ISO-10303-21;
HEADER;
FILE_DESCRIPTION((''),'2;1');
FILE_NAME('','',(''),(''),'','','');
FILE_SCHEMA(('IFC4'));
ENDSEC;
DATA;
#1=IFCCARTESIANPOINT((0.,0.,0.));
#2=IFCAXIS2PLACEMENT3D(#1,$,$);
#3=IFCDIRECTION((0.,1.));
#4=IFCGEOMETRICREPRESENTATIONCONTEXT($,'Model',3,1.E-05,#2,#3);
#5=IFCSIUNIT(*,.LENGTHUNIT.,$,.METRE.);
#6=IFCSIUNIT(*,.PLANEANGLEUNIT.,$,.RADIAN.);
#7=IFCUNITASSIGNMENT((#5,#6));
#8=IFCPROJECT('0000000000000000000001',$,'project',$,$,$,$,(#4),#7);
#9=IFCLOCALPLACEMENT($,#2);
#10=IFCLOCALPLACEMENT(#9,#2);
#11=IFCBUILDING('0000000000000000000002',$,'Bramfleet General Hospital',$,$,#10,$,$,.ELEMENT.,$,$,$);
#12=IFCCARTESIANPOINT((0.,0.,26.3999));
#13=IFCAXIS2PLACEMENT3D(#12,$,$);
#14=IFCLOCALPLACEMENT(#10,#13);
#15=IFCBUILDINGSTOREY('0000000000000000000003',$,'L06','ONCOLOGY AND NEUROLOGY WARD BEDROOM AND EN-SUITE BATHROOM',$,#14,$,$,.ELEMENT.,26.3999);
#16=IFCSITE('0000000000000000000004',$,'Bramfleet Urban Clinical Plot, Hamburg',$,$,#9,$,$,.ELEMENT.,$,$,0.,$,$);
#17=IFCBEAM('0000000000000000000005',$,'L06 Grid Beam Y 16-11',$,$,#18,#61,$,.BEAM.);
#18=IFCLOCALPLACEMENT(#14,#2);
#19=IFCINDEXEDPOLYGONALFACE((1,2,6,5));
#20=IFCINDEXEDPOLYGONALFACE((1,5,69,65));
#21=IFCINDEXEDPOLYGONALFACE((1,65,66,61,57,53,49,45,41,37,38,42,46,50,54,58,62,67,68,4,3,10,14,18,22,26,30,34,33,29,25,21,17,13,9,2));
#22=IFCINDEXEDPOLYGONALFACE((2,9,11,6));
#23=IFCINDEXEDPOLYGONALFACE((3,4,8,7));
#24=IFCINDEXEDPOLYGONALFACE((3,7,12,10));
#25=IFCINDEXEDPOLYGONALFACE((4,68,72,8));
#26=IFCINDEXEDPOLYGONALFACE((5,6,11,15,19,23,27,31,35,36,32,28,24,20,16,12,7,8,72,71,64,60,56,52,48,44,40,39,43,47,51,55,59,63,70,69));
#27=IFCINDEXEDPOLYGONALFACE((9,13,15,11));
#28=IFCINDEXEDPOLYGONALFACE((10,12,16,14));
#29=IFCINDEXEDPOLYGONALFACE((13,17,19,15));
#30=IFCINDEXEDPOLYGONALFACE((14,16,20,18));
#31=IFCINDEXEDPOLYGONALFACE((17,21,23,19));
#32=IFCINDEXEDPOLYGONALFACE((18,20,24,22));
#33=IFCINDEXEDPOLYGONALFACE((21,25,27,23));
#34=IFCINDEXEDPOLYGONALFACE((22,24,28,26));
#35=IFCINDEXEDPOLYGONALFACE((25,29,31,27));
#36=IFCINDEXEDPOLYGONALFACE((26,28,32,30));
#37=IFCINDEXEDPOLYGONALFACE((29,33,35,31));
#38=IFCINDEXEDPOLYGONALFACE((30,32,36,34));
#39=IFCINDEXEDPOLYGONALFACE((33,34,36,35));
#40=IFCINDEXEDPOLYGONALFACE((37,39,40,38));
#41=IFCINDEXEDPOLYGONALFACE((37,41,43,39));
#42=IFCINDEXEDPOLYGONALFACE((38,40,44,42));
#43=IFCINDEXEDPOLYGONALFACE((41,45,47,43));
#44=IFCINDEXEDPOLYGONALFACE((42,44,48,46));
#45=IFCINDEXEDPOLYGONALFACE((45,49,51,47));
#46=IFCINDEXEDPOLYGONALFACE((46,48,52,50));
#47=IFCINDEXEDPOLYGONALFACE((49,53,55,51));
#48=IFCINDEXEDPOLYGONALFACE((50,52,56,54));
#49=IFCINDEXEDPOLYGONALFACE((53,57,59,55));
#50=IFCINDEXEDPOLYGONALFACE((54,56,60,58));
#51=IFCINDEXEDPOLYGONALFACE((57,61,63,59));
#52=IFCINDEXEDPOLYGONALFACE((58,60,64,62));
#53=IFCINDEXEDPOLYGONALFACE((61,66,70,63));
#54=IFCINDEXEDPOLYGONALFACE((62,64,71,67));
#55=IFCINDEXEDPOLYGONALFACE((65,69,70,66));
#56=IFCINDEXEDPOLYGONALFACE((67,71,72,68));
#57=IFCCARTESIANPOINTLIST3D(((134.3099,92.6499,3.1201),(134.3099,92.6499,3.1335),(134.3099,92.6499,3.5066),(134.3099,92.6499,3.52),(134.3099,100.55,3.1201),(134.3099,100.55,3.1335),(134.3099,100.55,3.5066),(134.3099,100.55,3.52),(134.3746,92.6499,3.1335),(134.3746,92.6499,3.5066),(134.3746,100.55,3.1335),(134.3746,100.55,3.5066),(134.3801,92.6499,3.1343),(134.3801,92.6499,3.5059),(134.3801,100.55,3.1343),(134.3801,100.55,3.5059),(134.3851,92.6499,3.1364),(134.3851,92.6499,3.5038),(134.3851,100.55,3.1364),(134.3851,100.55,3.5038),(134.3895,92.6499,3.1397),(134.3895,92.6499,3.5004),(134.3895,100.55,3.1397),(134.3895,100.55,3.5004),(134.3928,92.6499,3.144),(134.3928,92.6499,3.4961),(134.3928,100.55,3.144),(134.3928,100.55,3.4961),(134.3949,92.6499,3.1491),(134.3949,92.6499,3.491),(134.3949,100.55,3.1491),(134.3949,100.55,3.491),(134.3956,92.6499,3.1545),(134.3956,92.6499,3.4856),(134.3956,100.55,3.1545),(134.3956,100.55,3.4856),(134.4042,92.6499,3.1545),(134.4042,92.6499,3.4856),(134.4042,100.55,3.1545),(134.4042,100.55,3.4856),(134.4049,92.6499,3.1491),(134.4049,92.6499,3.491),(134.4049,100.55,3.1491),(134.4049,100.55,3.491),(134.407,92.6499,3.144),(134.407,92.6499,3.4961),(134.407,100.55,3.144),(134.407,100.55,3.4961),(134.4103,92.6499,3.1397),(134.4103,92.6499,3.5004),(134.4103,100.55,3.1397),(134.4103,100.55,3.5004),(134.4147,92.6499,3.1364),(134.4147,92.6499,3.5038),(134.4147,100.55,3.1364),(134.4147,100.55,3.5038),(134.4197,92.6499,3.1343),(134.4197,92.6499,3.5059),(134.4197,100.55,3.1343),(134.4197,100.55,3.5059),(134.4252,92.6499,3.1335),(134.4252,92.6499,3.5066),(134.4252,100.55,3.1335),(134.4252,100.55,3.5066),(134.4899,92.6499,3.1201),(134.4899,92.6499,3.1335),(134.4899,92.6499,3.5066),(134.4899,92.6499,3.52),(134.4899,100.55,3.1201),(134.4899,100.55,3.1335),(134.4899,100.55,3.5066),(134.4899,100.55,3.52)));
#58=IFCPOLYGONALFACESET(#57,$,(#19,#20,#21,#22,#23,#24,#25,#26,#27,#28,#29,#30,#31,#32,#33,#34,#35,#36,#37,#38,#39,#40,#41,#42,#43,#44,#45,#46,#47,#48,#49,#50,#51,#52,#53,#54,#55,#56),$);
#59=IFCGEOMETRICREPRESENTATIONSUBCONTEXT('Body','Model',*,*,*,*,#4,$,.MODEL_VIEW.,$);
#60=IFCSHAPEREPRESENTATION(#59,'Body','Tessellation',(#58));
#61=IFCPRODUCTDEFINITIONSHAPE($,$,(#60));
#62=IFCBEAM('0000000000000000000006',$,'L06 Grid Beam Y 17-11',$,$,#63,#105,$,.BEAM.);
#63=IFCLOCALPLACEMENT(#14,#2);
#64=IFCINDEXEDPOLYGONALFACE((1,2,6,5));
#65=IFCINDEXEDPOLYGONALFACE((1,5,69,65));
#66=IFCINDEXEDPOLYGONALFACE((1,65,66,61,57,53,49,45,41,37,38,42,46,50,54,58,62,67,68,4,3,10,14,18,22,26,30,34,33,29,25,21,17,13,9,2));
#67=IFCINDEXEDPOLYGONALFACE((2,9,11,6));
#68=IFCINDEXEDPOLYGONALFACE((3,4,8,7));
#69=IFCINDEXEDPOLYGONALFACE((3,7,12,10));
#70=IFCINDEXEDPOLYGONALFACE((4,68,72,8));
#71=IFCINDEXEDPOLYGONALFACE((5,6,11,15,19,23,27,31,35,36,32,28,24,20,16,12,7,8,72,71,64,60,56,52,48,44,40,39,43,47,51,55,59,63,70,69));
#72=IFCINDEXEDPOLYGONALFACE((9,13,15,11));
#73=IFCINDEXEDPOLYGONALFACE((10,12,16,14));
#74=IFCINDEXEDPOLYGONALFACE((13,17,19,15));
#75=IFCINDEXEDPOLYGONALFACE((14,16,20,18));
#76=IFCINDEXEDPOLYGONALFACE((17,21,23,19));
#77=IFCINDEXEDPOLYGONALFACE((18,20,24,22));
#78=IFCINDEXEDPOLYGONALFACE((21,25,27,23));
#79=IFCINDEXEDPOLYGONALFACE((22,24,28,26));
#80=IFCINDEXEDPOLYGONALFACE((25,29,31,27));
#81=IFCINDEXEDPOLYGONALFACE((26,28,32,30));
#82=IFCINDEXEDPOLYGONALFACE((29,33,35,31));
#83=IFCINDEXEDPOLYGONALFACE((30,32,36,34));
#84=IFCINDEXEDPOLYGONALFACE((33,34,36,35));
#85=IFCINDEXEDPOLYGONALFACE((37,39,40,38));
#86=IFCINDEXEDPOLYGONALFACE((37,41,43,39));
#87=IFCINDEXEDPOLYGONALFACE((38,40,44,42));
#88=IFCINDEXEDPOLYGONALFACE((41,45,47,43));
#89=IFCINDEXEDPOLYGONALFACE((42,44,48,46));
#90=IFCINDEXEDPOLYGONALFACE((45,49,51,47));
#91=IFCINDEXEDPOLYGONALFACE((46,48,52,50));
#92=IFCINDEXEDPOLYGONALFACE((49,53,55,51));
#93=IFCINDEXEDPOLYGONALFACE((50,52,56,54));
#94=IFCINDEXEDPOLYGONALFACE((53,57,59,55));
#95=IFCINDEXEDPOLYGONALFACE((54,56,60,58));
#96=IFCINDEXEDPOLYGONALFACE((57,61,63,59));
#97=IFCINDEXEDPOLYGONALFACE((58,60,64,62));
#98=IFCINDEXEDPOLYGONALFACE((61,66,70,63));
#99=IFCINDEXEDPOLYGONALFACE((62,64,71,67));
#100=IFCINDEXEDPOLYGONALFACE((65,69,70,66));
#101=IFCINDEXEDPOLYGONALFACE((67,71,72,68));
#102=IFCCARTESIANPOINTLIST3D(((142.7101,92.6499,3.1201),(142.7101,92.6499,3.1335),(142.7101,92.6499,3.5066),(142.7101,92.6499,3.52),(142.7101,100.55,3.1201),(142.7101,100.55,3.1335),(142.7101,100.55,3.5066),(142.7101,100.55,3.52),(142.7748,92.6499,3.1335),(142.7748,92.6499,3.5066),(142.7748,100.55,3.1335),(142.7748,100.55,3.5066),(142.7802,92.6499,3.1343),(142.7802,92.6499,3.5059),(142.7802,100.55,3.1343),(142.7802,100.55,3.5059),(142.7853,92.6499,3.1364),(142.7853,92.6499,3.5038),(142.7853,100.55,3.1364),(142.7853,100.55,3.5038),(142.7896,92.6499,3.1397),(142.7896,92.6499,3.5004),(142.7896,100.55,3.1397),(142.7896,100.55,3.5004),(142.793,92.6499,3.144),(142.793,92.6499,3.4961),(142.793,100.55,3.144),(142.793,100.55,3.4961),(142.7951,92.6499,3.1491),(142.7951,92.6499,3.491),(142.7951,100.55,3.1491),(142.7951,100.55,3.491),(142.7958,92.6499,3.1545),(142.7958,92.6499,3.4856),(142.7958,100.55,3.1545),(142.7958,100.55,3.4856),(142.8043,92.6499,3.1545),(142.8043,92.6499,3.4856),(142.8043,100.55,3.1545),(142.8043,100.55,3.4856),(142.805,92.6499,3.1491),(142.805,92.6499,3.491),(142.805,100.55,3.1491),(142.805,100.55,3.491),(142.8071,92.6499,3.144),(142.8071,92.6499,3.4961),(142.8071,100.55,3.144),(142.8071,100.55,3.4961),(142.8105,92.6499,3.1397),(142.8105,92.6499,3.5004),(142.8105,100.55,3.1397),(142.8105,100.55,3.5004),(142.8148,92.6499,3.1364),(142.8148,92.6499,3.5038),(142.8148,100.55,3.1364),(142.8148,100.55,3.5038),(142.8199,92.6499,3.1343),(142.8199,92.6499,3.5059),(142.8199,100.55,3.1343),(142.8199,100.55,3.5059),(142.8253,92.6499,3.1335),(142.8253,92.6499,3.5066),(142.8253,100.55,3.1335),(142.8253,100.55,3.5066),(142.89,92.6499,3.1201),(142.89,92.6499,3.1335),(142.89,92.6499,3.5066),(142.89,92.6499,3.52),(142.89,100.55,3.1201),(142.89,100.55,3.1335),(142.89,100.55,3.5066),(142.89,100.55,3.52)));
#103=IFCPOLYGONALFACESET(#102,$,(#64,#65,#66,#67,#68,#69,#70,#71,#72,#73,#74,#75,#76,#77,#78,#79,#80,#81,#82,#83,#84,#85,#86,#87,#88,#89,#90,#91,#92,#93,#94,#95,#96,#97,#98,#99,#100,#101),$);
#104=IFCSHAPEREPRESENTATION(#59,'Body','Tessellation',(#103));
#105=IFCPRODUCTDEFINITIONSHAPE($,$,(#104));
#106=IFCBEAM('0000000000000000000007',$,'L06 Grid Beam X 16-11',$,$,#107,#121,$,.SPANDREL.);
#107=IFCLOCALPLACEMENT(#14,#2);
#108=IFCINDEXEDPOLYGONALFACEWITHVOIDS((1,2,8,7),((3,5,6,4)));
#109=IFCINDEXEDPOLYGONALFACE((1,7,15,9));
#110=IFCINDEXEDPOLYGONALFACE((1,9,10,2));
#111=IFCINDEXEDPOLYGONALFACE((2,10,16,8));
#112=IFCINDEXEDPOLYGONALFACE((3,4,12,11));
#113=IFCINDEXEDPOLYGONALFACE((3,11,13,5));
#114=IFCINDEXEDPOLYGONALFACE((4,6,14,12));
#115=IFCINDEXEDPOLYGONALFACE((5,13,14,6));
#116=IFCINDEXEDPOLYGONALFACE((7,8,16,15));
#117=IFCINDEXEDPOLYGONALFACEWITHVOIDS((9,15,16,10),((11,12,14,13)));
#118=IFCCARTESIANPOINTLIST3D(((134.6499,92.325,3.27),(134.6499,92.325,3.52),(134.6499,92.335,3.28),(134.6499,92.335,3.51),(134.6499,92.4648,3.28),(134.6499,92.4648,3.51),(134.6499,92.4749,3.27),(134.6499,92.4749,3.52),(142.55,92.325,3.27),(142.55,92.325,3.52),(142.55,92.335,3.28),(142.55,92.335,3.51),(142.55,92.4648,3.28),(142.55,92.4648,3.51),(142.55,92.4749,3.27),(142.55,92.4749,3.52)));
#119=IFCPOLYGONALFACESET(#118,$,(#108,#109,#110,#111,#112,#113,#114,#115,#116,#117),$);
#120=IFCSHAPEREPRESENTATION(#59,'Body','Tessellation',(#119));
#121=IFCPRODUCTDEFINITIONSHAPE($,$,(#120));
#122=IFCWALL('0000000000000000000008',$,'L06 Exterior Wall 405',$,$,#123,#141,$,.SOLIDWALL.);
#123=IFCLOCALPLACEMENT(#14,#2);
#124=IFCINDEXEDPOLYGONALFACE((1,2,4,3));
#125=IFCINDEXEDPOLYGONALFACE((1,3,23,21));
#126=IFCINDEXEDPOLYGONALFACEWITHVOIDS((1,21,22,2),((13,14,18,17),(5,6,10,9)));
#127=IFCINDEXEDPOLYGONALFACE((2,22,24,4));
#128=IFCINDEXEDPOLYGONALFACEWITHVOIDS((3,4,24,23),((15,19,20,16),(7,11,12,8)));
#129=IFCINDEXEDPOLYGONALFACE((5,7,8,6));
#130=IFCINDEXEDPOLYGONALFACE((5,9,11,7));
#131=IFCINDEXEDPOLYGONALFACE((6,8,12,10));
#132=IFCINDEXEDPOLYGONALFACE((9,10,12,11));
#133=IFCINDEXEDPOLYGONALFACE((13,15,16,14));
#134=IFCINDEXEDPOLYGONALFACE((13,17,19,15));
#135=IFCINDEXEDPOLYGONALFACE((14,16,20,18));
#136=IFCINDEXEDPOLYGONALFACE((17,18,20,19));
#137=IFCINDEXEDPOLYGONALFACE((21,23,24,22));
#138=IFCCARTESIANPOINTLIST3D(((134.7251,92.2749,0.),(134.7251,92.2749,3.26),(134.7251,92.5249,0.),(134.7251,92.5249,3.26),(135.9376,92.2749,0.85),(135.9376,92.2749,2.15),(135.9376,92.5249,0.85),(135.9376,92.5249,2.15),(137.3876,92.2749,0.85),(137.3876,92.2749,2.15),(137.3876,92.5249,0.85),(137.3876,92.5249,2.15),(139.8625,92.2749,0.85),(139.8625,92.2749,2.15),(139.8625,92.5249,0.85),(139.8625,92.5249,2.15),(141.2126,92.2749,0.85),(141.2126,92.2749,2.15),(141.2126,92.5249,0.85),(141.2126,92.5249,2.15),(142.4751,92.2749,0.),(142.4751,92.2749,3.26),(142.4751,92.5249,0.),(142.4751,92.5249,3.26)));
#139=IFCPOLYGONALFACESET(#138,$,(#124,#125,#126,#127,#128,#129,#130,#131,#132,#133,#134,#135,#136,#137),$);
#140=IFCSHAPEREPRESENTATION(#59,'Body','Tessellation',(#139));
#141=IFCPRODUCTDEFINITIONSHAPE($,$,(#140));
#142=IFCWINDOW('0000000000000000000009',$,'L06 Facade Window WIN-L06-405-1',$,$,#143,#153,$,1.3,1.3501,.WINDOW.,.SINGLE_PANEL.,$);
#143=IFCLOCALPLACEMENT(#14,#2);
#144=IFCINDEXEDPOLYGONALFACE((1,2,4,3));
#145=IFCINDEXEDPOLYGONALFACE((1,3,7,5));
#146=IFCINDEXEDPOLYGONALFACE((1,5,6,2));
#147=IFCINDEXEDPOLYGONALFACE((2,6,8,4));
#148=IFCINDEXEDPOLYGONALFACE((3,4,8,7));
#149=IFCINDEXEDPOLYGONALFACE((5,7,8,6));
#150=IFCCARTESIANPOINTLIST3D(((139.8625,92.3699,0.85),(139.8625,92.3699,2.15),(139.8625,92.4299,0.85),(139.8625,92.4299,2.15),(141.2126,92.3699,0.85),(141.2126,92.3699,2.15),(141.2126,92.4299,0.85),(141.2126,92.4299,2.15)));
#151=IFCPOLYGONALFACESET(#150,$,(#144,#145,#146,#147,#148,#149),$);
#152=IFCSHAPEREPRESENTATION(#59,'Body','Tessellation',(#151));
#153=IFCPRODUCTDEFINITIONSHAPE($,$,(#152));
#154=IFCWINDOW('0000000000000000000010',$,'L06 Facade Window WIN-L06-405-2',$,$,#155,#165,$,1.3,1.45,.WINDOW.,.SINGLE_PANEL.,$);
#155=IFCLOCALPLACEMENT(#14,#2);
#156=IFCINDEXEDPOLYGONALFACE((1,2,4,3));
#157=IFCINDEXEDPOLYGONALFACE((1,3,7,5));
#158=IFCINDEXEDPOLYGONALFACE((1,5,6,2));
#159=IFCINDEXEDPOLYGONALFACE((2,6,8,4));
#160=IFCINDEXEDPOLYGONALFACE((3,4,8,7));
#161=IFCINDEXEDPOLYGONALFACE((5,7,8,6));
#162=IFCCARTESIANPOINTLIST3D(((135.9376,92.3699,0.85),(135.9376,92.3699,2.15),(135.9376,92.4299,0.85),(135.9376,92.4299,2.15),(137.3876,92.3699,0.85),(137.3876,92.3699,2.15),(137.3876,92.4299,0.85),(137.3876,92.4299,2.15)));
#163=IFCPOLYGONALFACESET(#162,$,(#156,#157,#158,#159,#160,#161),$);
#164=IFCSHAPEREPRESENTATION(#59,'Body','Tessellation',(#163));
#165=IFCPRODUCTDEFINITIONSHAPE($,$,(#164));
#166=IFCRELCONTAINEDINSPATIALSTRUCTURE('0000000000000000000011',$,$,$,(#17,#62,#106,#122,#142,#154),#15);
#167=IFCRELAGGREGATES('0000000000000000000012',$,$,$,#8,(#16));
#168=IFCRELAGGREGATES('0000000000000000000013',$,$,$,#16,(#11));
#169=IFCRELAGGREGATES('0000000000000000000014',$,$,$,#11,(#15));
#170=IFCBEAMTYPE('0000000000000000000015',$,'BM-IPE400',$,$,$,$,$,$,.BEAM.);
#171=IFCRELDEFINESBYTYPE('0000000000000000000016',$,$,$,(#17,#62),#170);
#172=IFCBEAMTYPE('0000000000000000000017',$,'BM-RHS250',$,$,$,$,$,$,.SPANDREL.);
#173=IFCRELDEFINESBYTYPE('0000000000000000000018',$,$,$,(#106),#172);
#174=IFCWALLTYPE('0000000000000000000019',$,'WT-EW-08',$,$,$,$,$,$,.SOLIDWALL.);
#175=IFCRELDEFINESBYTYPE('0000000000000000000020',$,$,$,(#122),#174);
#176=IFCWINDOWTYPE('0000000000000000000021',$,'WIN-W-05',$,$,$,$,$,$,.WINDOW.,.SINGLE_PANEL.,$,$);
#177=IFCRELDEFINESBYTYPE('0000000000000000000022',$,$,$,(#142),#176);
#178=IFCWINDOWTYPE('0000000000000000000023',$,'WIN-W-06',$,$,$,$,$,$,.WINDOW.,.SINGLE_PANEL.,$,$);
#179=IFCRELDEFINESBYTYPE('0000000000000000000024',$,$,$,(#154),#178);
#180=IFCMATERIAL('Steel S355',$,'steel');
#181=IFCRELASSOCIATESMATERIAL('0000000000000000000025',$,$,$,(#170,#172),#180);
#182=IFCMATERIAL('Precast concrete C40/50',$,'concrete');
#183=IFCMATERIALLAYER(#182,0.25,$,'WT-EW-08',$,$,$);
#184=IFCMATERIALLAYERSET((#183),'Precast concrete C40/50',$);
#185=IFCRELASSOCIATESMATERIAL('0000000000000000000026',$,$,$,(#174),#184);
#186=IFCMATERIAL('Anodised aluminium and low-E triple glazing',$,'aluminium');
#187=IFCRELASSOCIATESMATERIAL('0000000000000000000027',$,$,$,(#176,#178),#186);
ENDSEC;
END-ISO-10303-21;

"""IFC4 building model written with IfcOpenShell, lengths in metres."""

from ifc_helpers import new_model, si_unit, direction, frame, frame_2d, origin, origin_2d, place, context, subcontext, project, spatial, rectangle, hollow_rectangle, i_section, extrude, material, layer, layer_set, material_profile, profile_set, type_object, element, fill, save


model = new_model("IFC4")

# Units and contexts
model_context = context("Model", 3, precision=1e-05, world=origin(), true_north=direction((0.0, 1.0)))
body_context = subcontext(model_context, "Body", "Model", "MODEL_VIEW")
ifc_project = project(units=[si_unit("LENGTHUNIT", "METRE"), si_unit("PLANEANGLEUNIT", "RADIAN")], contexts=[model_context])

# Site, building, storey
site_placement = place(None, origin())
site = spatial("IfcSite", under=ifc_project, at=site_placement, Name="Bramfleet Urban Clinical Plot, Hamburg", CompositionType="ELEMENT", RefElevation=0.0)
building_placement = place(site_placement, origin())
building = spatial("IfcBuilding", under=site, at=building_placement, Name="Bramfleet General Hospital", CompositionType="ELEMENT")
storey_placement = place(building_placement, frame((0.0, 0.0, 26.3999)))
storey = spatial("IfcBuildingStorey", under=building, at=storey_placement, Name="L06", Description="ONCOLOGY AND NEUROLOGY WARD BEDROOM AND EN-SUITE BATHROOM", CompositionType="ELEMENT", Elevation=26.3999)

# Beams
ifc_material_1 = material(Name="Steel S355", Category="steel")
ifc_material_profile_1 = material_profile(ifc_material_1, i_section(OverallWidth=0.1799, OverallDepth=0.3999, WebThickness=0.0085, FlangeThickness=0.0134, FilletRadius=0.021, at=origin_2d()), Name="IPE 400")
ifc_profile_set_1 = profile_set([ifc_material_profile_1], Name="Steel S355")
beam_type_1 = type_object("IfcBeamType", Name="BM-IPE400", PredefinedType="BEAM", material=ifc_profile_set_1)
for number, where, z_axis, x_axis, name in (
    (1, (134.3999, 92.6499, 3.3201), (0.0, 1.0, 0.0), (-1.0, 0.0, 0.0), "L06 Grid Beam Y 16-11"),
    (2, (142.8, 92.6499, 3.3201), (0.0, 1.0, 0.0), (-1.0, 0.0, 0.0), "L06 Grid Beam Y 17-11"),
):
    element("IfcBeam", number, at=place(storey_placement, frame(where, z_axis=z_axis, x_axis=x_axis)), inside=storey, type_object=beam_type_1, Name=name, PredefinedType="BEAM", context=body_context, shape_type="SweptSolid", body=[
        extrude(i_section(OverallWidth=0.1799, OverallDepth=0.3999, WebThickness=0.0085, FlangeThickness=0.0134, FilletRadius=0.021, at=origin_2d()), origin(), (0.0, 0.0, 1.0), 7.9001),
    ])
ifc_material_profile_2 = material_profile(ifc_material_1, hollow_rectangle(XDim=0.1499, YDim=0.25, WallThickness=0.01, at=origin_2d()), Name="RHS 250x150x10.0")
ifc_profile_set_2 = profile_set([ifc_material_profile_2], Name="Steel S355")
beam_type_2 = type_object("IfcBeamType", Name="BM-RHS250", PredefinedType="SPANDREL", material=ifc_profile_set_2)
beam_placement = place(storey_placement, frame((134.6499, 92.3999, 3.395), z_axis=(1.0, 0.0, 0.0), x_axis=(0.0, 1.0, 0.0)))
element("IfcBeam", 3, at=beam_placement, inside=storey, type_object=beam_type_2, Name="L06 Grid Beam X 16-11", PredefinedType="SPANDREL", context=body_context, shape_type="SweptSolid", body=[
    extrude(hollow_rectangle(XDim=0.1499, YDim=0.25, WallThickness=0.01, at=origin_2d()), origin(), (0.0, 0.0, 1.0), 7.9001),
])

# Wall, openings, windows
ifc_material_2 = material(Name="Precast concrete C40/50", Category="concrete")
ifc_layer_1 = layer(ifc_material_2, 0.25, Name="WT-EW-08")
ifc_layer_set_1 = layer_set([ifc_layer_1], Name="Precast concrete C40/50")
wall_type_1 = type_object("IfcWallType", Name="WT-EW-08", PredefinedType="SOLIDWALL", material=ifc_layer_set_1)
wall_1_placement = place(storey_placement, frame((142.4751, 92.3999, 0.0), z_axis=(0.0, 0.0, 1.0), x_axis=(-1.0, 0.0, 0.0)))
wall_1 = element("IfcWall", 4, at=wall_1_placement, inside=storey, type_object=wall_type_1, Name="L06 Exterior Wall 405", PredefinedType="SOLIDWALL", context=body_context, shape_type="SweptSolid", body=[
    extrude(rectangle(XDim=7.75, YDim=0.25, at=frame_2d((3.875, 0.0))), origin(), (0.0, 0.0, 1.0), 3.26),
])
opening_1_placement = place(wall_1_placement, frame((1.2625, 0.0, 0.8501)))
opening_1 = element("IfcOpeningElement", 5, at=opening_1_placement, cuts=wall_1, PredefinedType="OPENING", context=body_context, shape_type="SweptSolid", body=[
    extrude(rectangle(XDim=1.3501, YDim=1.3, at=frame_2d((0.675, 0.6499))), frame((0.0, 0.135, 0.0), z_axis=(0.0, -1.0, 0.0), x_axis=(1.0, 0.0, 0.0)), (0.0, 0.0, 1.0), 0.27),
])
opening_2_placement = place(wall_1_placement, frame((5.0874, 0.0, 0.8501)))
opening_2 = element("IfcOpeningElement", 6, at=opening_2_placement, cuts=wall_1, PredefinedType="OPENING", context=body_context, shape_type="SweptSolid", body=[
    extrude(rectangle(XDim=1.45, YDim=1.3, at=frame_2d((0.7251, 0.6499))), frame((0.0, 0.135, 0.0), z_axis=(0.0, -1.0, 0.0), x_axis=(1.0, 0.0, 0.0)), (0.0, 0.0, 1.0), 0.27),
])
ifc_material_3 = material(Name="Anodised aluminium and low-E triple glazing", Category="aluminium")
window_type_1 = type_object("IfcWindowType", Name="WIN-W-05", PartitioningType="SINGLE_PANEL", PredefinedType="WINDOW", material=ifc_material_3)
window_1_placement = place(opening_1_placement, origin())
window_1 = element("IfcWindow", 7, at=window_1_placement, inside=storey, type_object=window_type_1, Name="L06 Facade Window WIN-L06-405-1", OverallHeight=1.3, OverallWidth=1.3501, PartitioningType="SINGLE_PANEL", PredefinedType="WINDOW", context=body_context, shape_type="SweptSolid", body=[
    extrude(rectangle(XDim=1.3501, YDim=1.3, at=frame_2d((0.675, 0.6499))), frame((0.0, 0.03, 0.0), z_axis=(0.0, -1.0, 0.0), x_axis=(1.0, 0.0, 0.0)), (0.0, 0.0, 1.0), 0.0601),
])
fill(opening_1, window_1)
window_type_2 = type_object("IfcWindowType", Name="WIN-W-06", PartitioningType="SINGLE_PANEL", PredefinedType="WINDOW", material=ifc_material_3)
window_2_placement = place(opening_2_placement, origin())
window_2 = element("IfcWindow", 8, at=window_2_placement, inside=storey, type_object=window_type_2, Name="L06 Facade Window WIN-L06-405-2", OverallHeight=1.3, OverallWidth=1.45, PartitioningType="SINGLE_PANEL", PredefinedType="WINDOW", context=body_context, shape_type="SweptSolid", body=[
    extrude(rectangle(XDim=1.45, YDim=1.3, at=frame_2d((0.7251, 0.6499))), frame((0.0, 0.03, 0.0), z_axis=(0.0, -1.0, 0.0), x_axis=(1.0, 0.0, 0.0)), (0.0, 0.0, 1.0), 0.0601),
])
fill(opening_2, window_2)

save(model, "model.ifc")
